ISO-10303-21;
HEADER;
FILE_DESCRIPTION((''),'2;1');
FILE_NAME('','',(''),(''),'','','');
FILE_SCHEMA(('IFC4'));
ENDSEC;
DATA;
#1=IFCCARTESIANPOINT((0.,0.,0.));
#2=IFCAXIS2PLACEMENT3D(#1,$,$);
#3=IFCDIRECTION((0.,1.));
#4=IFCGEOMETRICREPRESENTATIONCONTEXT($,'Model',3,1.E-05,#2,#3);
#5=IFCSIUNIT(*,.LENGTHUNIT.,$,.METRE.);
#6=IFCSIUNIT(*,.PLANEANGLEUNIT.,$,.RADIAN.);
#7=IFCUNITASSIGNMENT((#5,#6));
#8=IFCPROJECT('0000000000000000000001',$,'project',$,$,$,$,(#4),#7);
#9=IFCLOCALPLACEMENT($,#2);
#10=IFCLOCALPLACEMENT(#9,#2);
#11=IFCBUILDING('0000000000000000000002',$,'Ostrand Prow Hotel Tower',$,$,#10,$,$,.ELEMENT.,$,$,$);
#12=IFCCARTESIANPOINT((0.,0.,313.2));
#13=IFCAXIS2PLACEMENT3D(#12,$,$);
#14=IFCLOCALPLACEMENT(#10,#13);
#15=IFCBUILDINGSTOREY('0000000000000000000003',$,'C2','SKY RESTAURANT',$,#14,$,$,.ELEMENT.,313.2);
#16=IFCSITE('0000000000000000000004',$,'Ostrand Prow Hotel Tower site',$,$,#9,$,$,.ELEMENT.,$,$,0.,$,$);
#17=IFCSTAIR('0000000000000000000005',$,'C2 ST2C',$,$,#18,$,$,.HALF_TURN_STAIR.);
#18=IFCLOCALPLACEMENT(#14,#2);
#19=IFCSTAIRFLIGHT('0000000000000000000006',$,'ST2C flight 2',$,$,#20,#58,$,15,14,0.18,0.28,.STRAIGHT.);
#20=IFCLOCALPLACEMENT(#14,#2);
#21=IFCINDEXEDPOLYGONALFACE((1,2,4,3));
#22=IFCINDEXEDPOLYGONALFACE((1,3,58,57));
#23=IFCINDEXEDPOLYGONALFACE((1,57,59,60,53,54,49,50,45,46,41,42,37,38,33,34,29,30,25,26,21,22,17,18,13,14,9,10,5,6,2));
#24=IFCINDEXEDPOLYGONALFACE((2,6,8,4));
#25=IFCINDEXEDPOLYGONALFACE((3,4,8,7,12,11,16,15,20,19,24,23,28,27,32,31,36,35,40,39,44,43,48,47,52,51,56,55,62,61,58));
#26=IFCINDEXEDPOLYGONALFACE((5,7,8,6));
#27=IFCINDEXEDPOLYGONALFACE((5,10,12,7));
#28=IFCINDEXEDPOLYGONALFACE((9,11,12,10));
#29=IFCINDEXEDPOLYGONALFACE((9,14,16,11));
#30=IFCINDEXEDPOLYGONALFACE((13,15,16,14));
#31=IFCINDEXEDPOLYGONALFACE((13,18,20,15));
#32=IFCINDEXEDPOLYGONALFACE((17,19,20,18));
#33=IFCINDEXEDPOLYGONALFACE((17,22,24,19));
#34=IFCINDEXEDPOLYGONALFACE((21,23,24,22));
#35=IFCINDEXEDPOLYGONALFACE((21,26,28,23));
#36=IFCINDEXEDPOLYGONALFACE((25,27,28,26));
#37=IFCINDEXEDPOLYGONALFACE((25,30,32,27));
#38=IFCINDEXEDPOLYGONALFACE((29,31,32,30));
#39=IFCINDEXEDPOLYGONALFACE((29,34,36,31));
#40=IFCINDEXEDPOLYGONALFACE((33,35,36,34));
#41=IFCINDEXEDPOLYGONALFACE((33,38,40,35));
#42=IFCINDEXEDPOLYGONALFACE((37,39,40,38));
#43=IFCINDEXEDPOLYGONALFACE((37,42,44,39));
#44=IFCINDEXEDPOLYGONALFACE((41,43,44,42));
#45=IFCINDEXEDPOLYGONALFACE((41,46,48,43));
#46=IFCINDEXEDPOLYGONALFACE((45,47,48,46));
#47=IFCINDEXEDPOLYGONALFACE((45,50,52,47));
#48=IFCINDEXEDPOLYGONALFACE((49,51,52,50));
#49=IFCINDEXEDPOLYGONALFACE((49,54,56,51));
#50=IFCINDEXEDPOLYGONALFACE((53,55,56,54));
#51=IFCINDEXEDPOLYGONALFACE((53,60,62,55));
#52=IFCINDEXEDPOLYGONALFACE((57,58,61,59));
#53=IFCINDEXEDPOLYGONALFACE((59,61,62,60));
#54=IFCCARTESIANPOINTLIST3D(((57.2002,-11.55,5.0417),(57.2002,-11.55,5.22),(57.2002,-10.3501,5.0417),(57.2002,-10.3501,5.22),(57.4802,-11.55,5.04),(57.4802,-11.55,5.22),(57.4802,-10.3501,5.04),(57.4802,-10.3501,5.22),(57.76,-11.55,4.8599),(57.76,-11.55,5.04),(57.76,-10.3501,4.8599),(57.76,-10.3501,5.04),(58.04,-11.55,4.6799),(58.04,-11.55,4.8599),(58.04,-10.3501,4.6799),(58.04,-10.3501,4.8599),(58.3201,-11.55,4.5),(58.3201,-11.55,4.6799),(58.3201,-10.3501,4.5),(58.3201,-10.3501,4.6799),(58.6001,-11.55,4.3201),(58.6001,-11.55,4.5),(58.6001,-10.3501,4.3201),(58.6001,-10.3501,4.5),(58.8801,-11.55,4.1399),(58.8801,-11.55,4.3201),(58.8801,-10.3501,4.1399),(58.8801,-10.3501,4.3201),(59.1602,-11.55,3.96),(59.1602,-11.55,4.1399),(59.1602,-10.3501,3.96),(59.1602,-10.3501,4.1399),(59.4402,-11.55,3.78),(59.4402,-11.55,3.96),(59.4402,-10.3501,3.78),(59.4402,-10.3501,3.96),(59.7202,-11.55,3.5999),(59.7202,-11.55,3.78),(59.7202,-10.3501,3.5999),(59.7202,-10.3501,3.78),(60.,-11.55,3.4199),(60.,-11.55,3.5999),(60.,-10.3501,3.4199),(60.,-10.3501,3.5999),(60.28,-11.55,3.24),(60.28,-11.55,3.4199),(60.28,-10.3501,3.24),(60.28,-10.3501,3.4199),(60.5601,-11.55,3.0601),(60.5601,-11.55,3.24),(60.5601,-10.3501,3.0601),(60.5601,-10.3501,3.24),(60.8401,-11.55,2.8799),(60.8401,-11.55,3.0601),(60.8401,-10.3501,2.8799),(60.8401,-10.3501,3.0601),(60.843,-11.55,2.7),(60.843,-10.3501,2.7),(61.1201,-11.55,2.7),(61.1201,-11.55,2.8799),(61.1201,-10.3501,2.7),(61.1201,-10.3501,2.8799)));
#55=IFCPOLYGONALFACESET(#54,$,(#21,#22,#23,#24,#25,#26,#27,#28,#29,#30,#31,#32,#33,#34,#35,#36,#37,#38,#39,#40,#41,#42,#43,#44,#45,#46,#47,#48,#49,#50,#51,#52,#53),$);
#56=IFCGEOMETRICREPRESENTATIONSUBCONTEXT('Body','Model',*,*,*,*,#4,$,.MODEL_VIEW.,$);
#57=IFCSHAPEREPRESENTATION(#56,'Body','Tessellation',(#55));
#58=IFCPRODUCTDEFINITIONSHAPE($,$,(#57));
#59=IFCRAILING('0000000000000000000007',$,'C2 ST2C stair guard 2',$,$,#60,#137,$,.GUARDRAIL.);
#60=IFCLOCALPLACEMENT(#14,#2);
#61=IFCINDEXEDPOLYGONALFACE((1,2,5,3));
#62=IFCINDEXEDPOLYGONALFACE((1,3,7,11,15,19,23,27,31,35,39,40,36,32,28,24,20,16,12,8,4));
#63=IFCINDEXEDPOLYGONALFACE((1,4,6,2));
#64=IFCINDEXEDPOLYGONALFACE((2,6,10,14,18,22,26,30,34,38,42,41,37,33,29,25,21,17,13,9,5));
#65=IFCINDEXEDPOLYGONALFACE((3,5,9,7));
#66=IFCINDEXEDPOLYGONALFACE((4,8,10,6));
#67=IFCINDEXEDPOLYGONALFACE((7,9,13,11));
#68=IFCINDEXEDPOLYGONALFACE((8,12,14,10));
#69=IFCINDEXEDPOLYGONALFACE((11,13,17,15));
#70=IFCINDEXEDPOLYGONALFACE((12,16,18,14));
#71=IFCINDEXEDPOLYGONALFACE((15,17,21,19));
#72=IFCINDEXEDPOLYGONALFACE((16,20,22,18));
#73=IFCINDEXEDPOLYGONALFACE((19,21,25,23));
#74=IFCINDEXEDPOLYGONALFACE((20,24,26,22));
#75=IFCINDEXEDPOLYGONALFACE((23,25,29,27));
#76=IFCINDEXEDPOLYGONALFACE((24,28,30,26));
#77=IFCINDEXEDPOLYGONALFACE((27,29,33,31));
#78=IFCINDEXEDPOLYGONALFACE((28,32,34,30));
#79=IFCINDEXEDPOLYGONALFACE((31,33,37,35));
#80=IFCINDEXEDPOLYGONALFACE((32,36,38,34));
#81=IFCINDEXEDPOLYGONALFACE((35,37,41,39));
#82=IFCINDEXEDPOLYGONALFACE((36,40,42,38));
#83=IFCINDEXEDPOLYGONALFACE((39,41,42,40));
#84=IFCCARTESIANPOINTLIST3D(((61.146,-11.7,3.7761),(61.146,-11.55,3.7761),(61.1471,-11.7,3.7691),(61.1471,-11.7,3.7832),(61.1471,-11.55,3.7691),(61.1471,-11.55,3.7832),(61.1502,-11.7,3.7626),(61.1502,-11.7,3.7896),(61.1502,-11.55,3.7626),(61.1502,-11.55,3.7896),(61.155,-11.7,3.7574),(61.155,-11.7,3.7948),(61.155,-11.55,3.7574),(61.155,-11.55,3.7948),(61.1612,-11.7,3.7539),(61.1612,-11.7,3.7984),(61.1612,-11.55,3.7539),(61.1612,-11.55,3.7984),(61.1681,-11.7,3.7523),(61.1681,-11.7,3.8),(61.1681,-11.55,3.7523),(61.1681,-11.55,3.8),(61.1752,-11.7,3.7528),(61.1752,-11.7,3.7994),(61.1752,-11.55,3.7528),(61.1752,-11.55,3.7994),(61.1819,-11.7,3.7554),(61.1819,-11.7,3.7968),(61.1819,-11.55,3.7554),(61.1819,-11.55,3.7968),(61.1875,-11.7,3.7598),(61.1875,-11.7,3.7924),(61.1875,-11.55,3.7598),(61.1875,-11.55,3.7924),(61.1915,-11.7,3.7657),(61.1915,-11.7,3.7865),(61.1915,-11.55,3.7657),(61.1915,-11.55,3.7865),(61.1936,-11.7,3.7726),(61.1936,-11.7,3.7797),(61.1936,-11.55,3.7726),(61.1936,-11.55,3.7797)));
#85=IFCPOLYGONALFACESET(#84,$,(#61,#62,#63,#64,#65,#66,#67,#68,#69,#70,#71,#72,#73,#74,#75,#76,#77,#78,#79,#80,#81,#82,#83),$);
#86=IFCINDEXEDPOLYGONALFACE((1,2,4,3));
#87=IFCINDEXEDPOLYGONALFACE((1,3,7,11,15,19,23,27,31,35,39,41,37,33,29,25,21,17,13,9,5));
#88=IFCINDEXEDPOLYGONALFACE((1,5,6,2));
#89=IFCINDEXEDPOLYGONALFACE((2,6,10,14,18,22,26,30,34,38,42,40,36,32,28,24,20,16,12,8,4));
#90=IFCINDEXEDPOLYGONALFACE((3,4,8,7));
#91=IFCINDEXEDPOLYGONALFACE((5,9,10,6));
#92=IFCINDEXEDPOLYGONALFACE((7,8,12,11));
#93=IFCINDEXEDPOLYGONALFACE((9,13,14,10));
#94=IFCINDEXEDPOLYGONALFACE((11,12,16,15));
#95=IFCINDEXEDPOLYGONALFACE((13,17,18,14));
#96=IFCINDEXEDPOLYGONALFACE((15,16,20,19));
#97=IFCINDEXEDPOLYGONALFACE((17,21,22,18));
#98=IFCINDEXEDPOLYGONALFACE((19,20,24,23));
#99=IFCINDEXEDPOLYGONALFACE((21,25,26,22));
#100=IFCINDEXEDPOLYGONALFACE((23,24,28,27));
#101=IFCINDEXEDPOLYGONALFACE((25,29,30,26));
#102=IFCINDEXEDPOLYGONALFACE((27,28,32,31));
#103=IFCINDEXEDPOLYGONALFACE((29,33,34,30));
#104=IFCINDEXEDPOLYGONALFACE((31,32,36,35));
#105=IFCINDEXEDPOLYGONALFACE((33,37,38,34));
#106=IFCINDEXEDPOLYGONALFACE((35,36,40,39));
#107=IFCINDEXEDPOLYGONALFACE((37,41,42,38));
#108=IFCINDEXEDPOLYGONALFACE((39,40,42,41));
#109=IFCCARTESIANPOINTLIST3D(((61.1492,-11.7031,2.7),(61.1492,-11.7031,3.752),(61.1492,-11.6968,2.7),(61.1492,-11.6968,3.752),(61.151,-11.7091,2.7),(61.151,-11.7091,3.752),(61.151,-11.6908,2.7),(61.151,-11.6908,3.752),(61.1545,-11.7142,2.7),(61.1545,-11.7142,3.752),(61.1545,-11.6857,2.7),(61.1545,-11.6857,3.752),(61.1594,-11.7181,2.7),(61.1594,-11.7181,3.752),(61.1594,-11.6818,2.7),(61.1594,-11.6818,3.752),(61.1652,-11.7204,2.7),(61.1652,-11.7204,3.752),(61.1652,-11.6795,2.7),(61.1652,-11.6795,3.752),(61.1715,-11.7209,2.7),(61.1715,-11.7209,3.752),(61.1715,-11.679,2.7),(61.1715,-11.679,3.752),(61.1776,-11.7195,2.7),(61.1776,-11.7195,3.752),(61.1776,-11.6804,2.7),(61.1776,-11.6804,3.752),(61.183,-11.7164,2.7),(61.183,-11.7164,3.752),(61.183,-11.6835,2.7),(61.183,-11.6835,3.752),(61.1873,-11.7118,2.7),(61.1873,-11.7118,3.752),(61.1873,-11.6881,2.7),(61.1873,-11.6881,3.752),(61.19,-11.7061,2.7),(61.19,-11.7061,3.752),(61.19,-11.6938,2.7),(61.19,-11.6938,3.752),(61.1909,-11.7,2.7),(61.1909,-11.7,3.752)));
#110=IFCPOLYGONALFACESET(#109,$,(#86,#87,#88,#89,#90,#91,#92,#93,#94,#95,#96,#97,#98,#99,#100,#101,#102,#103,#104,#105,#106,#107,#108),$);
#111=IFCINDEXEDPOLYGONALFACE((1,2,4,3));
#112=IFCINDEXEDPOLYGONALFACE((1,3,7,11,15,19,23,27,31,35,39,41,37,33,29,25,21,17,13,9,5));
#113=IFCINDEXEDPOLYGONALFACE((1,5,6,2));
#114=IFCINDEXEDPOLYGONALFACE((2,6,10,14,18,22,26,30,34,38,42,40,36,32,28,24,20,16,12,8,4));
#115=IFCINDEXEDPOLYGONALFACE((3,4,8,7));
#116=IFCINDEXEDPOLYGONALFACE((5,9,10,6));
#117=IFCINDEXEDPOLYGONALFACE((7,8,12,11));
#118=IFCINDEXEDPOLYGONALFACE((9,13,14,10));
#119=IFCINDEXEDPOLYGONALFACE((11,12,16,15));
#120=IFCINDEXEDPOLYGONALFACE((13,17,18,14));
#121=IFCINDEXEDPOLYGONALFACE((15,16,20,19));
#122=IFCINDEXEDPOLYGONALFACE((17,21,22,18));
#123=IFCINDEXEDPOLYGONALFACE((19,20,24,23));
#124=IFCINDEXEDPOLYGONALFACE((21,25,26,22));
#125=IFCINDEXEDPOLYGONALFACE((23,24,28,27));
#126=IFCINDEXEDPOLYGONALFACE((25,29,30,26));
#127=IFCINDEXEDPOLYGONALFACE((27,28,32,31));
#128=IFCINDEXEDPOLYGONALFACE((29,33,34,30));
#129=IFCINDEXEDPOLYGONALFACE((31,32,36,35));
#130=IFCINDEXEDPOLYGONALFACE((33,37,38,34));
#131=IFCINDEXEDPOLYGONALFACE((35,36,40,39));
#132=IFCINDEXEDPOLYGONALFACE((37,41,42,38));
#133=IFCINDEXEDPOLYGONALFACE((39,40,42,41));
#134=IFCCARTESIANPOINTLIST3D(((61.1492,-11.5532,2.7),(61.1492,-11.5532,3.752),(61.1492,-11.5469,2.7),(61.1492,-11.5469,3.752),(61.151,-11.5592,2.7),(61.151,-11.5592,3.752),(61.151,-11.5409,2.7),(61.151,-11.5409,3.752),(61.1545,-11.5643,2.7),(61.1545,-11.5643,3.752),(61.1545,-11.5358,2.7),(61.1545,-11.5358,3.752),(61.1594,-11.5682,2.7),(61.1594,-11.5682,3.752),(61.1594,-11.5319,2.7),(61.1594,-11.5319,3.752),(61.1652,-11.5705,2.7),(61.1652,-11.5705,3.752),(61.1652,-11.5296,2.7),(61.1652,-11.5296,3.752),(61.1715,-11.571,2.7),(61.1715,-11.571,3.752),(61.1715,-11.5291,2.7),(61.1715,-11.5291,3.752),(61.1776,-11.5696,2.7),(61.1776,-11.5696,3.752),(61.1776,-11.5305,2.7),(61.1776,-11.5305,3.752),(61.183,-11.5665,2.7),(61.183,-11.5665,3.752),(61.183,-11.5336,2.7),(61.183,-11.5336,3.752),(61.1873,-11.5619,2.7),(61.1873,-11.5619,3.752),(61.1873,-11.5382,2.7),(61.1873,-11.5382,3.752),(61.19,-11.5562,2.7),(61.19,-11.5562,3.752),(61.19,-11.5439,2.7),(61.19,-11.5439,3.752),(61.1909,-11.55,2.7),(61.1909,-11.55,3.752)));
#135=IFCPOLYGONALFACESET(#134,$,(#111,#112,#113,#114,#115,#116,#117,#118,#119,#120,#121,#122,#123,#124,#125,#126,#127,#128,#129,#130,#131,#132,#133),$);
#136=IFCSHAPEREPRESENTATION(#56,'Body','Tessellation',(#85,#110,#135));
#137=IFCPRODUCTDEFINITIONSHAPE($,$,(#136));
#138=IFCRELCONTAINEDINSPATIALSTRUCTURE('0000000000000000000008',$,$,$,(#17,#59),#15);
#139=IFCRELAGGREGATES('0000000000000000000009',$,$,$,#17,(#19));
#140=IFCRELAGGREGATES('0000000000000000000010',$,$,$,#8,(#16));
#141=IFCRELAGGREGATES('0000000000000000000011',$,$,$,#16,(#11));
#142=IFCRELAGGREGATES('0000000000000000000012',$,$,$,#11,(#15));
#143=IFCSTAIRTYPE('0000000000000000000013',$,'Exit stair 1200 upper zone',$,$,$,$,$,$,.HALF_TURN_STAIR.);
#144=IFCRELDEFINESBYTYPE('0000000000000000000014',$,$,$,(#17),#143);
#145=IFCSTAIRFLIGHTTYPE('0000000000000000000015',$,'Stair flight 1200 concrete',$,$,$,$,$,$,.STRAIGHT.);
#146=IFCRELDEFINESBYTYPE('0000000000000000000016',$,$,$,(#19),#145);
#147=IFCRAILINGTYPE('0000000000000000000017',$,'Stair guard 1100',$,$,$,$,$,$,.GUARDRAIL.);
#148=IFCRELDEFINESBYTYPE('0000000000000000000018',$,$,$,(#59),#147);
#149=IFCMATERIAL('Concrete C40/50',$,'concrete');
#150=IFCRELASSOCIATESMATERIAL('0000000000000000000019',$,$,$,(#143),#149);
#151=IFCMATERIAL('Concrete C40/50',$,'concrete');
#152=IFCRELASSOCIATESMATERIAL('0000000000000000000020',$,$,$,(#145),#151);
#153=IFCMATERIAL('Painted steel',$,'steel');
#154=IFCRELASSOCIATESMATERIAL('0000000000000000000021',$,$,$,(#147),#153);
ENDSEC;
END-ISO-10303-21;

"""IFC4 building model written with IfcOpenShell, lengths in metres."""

from ifc_helpers import new_model, si_unit, direction, frame, origin, origin_2d, place, context, subcontext, project, spatial, polyline, circle, outline, extrude, material, type_object, element, aggregate, save


model = new_model("IFC4")

# Units and contexts
model_context = context("Model", 3, precision=1e-05, world=origin(), true_north=direction((0.0, 1.0)))
body_context = subcontext(model_context, "Body", "Model", "MODEL_VIEW")
ifc_project = project(units=[si_unit("LENGTHUNIT", "METRE"), si_unit("PLANEANGLEUNIT", "RADIAN")], contexts=[model_context])

# Site, building, storey
site_placement = place(None, origin())
site = spatial("IfcSite", under=ifc_project, at=site_placement, Name="Ostrand Prow Hotel Tower site", CompositionType="ELEMENT", RefElevation=0.0)
building_placement = place(site_placement, origin())
building = spatial("IfcBuilding", under=site, at=building_placement, Name="Ostrand Prow Hotel Tower", CompositionType="ELEMENT")
storey_placement = place(building_placement, frame((0.0, 0.0, 313.2)))
storey = spatial("IfcBuildingStorey", under=building, at=storey_placement, Name="C2", Description="SKY RESTAURANT", CompositionType="ELEMENT", Elevation=313.2)

# Stair, stair flight
ifc_material_1 = material(Name="Concrete C40/50", Category="concrete")
stair_type = type_object("IfcStairType", Name="Exit stair 1200 upper zone", PredefinedType="HALF_TURN_STAIR", material=ifc_material_1)
stair_placement = place(storey_placement, origin())
stair = element("IfcStair", 1, at=stair_placement, inside=storey, type_object=stair_type, Name="C2 ST2C", PredefinedType="HALF_TURN_STAIR")
ifc_material_2 = material(Name="Concrete C40/50", Category="concrete")
stair_flight_type = type_object("IfcStairFlightType", Name="Stair flight 1200 concrete", PredefinedType="STRAIGHT", material=ifc_material_2)
stair_flight_placement = place(storey_placement, frame((61.1201, -10.95, 2.7), z_axis=(0.0, 0.0, 1.0), x_axis=(-1.0, 0.0, 0.0)))
stair_flight = element("IfcStairFlight", 2, at=stair_flight_placement, type_object=stair_flight_type, Name="ST2C flight 2", NumberOfRisers=15, NumberOfTreads=14, PredefinedType="STRAIGHT", RiserHeight=0.18, TreadLength=0.28, context=body_context, shape_type="SweptSolid", body=[
    extrude(outline(polyline([(0.0, 0.0), (0.0, 0.1799), (0.28, 0.1799), (0.28, 0.3601), (0.5601, 0.3601), (0.5601, 0.54), (0.8401, 0.54), (0.8401, 0.72), (1.1201, 0.72), (1.1201, 0.8999), (1.3999, 0.8999), (1.3999, 1.0801), (1.6799, 1.0801), (1.6799, 1.26), (1.96, 1.26), (1.96, 1.4399), (2.24, 1.4399), (2.24, 1.6201), (2.52, 1.6201), (2.52, 1.8), (2.8, 1.8), (2.8, 1.98), (3.0801, 1.98), (3.0801, 2.1599), (3.3601, 2.1599), (3.3601, 2.3401), (3.6399, 2.3401), (3.6399, 2.52), (3.9199, 2.52), (3.9199, 2.7), (3.9199, 2.3418), (0.2771, 0.0), (0.0, 0.0)])), frame((0.0, 0.6001, 0.0), z_axis=(0.0, -1.0, 0.0), x_axis=(1.0, 0.0, 0.0)), (0.0, 0.0, 1.0), 1.2),
])
aggregate(stair, [stair_flight])

# Railing
ifc_material_3 = material(Name="Painted steel", Category="steel")
railing_type_1 = type_object("IfcRailingType", Name="Stair guard 1100", PredefinedType="GUARDRAIL", material=ifc_material_3)
railing_1_placement = place(storey_placement, frame((61.1699, -11.7, 2.7)))
element("IfcRailing", 3, at=railing_1_placement, inside=storey, type_object=railing_type_1, Name="C2 ST2C stair guard 2", PredefinedType="GUARDRAIL", context=body_context, shape_type="SweptSolid", body=[
    extrude(circle(Radius=0.0239, at=origin_2d()), frame((0.0, 0.0, 1.0762), z_axis=(0.0, 1.0, 0.0), x_axis=(-1.0, 0.0, 0.0)), (0.0, 0.0, 1.0), 0.1499),
    extrude(circle(Radius=0.021, at=origin_2d()), origin(), (0.0, 0.0, 1.0), 1.052),
    extrude(circle(Radius=0.021, at=origin_2d()), frame((0.0, 0.1499, 0.0)), (0.0, 0.0, 1.0), 1.052),
])

save(model, "model.ifc")
